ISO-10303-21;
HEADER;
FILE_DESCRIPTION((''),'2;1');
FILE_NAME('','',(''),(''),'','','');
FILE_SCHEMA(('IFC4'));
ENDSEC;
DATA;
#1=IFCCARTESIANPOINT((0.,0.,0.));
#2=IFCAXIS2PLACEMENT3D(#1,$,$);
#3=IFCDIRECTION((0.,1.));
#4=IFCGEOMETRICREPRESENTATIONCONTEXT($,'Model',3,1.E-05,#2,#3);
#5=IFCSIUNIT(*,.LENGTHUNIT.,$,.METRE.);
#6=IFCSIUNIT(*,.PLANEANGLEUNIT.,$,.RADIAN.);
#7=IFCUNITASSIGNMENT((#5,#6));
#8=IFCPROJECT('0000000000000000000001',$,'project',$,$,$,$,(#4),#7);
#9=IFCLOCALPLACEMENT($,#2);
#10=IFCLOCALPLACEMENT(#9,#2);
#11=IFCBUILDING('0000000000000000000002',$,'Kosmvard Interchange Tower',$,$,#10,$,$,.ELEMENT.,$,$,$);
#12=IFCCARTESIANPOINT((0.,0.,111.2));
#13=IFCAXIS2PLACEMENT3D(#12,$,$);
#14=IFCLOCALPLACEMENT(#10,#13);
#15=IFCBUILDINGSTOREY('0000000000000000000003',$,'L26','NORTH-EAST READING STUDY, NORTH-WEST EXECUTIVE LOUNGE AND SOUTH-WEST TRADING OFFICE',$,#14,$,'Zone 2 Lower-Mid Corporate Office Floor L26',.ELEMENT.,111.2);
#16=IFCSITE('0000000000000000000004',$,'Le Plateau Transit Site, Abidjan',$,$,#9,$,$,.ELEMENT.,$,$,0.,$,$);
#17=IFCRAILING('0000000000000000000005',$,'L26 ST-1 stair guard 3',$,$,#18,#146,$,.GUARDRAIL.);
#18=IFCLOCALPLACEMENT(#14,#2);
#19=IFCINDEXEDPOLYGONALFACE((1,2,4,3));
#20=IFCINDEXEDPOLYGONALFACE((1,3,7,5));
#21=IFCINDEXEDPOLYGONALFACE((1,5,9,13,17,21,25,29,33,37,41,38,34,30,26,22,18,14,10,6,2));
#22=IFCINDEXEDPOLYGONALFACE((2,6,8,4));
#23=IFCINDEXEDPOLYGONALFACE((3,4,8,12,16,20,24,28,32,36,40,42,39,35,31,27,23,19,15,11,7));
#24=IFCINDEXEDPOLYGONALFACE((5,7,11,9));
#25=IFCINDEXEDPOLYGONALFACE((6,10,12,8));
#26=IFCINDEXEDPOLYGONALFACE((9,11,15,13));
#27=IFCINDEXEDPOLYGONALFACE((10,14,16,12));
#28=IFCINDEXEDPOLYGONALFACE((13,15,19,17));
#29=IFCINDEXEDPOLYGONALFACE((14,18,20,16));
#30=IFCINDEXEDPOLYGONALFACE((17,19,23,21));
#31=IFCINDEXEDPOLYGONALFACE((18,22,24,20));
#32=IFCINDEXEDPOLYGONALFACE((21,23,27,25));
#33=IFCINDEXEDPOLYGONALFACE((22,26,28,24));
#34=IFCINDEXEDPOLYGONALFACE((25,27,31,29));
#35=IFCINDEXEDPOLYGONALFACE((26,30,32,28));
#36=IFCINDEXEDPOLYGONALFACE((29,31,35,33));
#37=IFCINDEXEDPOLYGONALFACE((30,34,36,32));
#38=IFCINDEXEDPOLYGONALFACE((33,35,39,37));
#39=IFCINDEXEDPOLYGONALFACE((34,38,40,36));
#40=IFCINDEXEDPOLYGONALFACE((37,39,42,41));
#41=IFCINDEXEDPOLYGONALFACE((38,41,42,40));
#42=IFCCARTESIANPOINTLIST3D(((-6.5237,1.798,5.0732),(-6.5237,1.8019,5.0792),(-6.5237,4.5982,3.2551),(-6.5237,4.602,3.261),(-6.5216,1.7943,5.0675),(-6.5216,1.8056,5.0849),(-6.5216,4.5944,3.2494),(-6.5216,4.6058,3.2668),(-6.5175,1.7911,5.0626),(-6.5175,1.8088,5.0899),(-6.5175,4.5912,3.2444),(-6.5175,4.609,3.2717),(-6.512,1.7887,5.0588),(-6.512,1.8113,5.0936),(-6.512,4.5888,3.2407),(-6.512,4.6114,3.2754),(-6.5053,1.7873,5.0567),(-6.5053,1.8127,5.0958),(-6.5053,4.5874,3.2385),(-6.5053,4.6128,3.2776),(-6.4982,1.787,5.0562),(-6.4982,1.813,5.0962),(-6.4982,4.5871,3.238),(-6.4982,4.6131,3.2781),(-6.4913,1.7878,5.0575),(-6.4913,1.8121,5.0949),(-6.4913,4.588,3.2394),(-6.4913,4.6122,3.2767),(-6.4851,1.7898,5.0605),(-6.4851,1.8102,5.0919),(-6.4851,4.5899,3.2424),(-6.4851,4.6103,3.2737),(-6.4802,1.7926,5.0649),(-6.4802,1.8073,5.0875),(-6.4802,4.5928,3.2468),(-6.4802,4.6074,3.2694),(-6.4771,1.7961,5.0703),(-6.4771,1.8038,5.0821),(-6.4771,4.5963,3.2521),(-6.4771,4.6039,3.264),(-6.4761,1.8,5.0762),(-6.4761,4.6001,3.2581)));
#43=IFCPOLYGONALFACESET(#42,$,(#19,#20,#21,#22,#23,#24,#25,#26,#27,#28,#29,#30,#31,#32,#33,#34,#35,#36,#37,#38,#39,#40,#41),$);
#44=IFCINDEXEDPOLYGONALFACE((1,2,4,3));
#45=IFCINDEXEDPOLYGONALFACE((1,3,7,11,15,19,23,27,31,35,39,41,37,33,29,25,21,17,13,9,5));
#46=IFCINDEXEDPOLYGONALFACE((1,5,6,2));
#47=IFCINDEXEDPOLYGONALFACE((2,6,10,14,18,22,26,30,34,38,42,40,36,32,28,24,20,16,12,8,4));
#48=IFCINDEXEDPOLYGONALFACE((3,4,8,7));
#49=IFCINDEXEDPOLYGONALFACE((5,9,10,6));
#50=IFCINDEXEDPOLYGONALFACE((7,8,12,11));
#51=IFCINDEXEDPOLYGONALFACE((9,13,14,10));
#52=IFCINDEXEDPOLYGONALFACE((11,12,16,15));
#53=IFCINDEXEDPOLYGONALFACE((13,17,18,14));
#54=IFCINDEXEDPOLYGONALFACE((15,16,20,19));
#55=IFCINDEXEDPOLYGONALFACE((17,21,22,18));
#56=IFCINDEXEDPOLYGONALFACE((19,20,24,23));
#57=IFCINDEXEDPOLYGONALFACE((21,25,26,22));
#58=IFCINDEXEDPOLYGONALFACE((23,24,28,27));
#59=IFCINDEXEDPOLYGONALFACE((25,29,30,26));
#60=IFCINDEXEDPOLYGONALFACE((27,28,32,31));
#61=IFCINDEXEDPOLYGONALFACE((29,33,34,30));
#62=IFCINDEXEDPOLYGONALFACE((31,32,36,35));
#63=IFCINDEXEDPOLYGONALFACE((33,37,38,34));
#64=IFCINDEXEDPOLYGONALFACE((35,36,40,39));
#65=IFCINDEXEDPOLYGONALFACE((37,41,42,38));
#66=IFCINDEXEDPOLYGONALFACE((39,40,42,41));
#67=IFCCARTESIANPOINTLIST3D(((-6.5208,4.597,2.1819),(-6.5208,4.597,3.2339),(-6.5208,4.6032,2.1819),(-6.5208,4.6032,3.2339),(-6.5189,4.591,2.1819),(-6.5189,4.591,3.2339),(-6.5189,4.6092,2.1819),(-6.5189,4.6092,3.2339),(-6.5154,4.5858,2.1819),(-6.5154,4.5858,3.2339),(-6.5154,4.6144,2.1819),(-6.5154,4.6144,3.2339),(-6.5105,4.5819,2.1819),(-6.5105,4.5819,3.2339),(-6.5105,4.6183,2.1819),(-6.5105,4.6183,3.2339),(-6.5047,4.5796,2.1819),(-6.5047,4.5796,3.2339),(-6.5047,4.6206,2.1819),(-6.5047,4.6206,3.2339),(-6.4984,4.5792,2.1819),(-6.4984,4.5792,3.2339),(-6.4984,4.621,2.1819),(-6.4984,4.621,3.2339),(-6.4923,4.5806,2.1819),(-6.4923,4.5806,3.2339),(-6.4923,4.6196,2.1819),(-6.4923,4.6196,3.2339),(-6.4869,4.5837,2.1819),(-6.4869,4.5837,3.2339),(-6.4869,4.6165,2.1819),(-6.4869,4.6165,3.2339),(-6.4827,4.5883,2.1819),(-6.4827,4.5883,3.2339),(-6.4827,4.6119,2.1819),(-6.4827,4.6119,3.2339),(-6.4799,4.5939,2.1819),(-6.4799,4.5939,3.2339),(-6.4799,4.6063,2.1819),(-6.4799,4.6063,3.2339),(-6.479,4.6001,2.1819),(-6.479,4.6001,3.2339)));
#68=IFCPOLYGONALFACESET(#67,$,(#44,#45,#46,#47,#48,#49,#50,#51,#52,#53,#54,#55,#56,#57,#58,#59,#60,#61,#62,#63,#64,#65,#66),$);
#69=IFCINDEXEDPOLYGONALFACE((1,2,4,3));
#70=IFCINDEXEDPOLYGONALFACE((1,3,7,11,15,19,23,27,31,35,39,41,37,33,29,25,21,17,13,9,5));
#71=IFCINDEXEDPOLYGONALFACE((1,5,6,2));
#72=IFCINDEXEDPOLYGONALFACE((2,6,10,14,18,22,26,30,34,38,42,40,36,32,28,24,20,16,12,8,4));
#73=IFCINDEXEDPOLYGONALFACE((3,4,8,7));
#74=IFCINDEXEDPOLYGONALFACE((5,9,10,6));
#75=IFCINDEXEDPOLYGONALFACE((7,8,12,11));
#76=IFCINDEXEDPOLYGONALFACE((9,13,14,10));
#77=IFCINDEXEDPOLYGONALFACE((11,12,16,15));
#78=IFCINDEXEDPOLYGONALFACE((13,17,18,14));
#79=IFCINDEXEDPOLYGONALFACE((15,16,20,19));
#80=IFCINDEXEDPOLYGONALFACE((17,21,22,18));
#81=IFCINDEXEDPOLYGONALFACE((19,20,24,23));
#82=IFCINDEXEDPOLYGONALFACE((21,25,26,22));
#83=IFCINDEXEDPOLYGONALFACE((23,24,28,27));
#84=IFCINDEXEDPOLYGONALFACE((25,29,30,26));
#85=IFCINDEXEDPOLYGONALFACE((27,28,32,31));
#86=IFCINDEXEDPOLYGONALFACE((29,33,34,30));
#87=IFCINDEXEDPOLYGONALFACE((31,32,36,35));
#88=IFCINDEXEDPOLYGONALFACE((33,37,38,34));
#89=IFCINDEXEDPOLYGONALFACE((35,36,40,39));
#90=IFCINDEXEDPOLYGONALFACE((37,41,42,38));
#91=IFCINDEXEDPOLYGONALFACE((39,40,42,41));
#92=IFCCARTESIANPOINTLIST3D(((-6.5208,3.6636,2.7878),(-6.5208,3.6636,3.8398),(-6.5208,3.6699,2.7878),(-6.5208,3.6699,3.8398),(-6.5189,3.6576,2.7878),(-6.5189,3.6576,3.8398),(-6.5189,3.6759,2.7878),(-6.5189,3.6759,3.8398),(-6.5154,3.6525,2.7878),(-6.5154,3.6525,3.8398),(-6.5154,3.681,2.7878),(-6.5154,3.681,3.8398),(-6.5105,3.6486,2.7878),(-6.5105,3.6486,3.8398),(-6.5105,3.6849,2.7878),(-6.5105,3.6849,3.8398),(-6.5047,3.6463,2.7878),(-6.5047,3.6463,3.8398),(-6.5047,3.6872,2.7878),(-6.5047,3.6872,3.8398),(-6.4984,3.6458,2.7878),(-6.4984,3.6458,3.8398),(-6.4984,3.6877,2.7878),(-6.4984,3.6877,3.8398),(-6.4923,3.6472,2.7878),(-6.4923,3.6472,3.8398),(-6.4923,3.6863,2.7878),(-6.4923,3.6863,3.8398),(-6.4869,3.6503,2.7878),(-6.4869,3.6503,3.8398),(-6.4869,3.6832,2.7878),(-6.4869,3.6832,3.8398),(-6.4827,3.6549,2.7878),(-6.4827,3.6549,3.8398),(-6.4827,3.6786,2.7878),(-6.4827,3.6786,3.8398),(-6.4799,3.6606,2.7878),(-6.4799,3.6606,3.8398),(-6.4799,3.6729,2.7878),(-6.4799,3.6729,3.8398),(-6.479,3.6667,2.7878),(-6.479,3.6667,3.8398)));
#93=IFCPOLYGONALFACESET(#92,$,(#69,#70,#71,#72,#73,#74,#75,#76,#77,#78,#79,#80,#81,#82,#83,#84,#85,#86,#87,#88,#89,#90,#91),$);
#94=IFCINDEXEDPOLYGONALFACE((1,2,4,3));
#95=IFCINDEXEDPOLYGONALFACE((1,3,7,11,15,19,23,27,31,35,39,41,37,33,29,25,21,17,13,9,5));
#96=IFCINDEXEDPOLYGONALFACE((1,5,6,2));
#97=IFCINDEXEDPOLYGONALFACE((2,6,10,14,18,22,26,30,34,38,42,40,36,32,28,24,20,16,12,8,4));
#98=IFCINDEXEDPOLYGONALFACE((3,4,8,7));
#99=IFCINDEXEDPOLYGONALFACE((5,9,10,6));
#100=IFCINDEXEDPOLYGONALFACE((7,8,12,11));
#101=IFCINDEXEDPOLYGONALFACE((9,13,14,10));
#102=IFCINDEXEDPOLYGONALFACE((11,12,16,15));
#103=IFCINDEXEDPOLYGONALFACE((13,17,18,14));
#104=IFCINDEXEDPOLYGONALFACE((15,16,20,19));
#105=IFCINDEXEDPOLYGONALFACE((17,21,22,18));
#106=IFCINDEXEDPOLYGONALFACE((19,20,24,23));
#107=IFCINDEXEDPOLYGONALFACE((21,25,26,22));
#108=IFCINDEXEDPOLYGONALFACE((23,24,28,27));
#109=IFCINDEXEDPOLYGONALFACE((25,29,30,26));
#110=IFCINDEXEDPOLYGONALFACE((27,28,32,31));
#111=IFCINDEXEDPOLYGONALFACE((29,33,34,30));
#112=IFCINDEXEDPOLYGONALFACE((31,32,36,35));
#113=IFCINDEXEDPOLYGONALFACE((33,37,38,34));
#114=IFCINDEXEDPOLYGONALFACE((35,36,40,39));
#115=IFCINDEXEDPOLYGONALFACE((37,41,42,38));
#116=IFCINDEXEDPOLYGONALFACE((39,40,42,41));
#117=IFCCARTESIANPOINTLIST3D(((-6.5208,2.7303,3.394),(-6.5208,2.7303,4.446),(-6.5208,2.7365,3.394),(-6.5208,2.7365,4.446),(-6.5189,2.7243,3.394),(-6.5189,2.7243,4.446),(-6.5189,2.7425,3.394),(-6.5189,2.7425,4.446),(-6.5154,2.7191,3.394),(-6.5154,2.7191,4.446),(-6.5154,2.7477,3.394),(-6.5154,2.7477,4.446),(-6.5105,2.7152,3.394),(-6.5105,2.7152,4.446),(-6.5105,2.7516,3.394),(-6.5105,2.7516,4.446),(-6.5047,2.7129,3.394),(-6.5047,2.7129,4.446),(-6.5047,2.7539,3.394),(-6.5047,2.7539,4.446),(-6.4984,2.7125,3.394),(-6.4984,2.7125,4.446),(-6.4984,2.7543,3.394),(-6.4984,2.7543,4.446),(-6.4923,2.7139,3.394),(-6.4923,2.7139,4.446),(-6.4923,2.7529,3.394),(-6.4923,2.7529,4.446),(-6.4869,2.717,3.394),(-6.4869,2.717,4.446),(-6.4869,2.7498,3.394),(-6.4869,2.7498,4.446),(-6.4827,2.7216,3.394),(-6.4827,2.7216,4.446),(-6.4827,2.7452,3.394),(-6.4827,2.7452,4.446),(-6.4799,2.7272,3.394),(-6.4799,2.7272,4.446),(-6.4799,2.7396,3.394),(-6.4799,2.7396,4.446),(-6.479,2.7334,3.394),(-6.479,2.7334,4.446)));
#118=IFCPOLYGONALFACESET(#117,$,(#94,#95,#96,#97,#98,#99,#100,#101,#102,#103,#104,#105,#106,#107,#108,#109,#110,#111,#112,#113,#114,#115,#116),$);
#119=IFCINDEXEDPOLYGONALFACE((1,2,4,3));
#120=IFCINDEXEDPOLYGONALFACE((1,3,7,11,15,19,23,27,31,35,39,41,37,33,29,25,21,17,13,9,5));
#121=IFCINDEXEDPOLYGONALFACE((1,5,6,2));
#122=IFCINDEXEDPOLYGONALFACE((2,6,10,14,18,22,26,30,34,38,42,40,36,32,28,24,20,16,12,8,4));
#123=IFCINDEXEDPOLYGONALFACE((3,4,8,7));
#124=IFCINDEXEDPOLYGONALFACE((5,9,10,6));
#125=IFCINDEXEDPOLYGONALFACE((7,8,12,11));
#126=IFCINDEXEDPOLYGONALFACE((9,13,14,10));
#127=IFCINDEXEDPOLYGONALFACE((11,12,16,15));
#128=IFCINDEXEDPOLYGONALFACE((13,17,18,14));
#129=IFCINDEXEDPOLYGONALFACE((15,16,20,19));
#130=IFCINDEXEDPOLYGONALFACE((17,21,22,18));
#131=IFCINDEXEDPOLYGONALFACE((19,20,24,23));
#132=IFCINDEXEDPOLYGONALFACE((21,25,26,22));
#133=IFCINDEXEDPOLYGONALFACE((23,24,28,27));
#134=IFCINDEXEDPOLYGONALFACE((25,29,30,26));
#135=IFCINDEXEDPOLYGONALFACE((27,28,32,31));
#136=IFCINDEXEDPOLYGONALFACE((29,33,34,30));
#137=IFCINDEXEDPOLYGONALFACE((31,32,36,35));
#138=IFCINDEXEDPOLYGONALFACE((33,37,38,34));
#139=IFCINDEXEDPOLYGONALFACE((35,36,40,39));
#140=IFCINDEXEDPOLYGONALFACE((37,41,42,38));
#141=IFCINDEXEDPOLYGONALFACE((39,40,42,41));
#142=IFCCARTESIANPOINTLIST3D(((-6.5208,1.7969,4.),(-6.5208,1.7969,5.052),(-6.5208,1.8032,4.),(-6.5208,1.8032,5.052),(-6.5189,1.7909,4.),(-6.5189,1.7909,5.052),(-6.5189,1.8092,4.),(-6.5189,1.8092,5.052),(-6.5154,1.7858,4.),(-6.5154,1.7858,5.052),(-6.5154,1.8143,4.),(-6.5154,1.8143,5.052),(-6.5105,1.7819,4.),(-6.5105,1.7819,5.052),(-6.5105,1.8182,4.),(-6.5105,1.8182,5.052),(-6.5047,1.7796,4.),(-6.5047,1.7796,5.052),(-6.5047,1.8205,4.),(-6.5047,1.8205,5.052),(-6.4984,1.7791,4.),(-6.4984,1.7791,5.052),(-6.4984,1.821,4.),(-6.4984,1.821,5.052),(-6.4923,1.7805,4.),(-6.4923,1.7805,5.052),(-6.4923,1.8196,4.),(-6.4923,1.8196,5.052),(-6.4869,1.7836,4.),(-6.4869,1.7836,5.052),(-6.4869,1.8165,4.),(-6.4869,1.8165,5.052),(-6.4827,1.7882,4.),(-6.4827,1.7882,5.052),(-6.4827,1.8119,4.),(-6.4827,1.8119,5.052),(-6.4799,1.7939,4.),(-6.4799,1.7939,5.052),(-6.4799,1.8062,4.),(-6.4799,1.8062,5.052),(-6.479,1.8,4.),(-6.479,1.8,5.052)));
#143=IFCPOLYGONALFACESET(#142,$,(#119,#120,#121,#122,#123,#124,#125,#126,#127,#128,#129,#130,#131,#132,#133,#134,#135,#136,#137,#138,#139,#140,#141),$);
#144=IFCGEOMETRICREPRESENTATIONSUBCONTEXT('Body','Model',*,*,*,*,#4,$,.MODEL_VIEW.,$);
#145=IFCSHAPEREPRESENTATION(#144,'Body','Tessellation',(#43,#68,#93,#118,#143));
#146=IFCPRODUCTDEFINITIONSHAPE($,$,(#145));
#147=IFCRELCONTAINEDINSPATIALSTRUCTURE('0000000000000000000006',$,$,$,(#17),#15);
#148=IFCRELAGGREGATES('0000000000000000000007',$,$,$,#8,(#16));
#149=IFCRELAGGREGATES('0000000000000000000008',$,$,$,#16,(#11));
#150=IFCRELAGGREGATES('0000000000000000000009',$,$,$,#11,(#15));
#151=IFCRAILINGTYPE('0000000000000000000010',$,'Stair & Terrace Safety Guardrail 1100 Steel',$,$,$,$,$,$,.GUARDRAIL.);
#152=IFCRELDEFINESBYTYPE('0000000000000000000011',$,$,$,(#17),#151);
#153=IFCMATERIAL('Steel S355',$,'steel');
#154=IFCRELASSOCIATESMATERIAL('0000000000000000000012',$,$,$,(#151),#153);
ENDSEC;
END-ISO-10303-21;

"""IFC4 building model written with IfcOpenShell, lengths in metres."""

from ifc_helpers import new_model, si_unit, direction, frame, origin, origin_2d, place, context, subcontext, project, spatial, circle, extrude, source, transform, mapped, material, type_object, element, save


model = new_model("IFC4")

# Units and contexts
model_context = context("Model", 3, precision=1e-05, world=origin(), true_north=direction((0.0, 1.0)))
body_context = subcontext(model_context, "Body", "Model", "MODEL_VIEW")
ifc_project = project(units=[si_unit("LENGTHUNIT", "METRE"), si_unit("PLANEANGLEUNIT", "RADIAN")], contexts=[model_context])

# Site, building, storey
site_placement = place(None, origin())
site = spatial("IfcSite", under=ifc_project, at=site_placement, Name="Le Plateau Transit Site, Abidjan", CompositionType="ELEMENT", RefElevation=0.0)
building_placement = place(site_placement, origin())
building = spatial("IfcBuilding", under=site, at=building_placement, Name="Kosmvard Interchange Tower", CompositionType="ELEMENT")
storey_placement = place(building_placement, frame((0.0, 0.0, 111.2)))
storey = spatial("IfcBuildingStorey", under=building, at=storey_placement, Name="L26", Description="NORTH-EAST READING STUDY, NORTH-WEST EXECUTIVE LOUNGE AND SOUTH-WEST TRADING OFFICE", LongName="Zone 2 Lower-Mid Corporate Office Floor L26", CompositionType="ELEMENT", Elevation=111.2)

# Shared definitions
ifc_material_1 = material(Name="Steel S355", Category="steel")

# Railing
railing_type_1 = type_object("IfcRailingType", Name="Stair & Terrace Safety Guardrail 1100 Steel", PredefinedType="GUARDRAIL", material=ifc_material_1)
shared_shape_1 = source(origin(), body_context, "Body", "SweptSolid", [
    extrude(circle(Radius=0.0239, at=origin_2d()), frame((0.0, 0.0, 1.0762), z_axis=(0.0, -0.838706, 0.544585), x_axis=(1.0, 0.0, 0.0)), (0.0, 0.0, 1.0), 3.3386),
    extrude(circle(Radius=0.021, at=origin_2d()), origin(), (0.0, 0.0, 1.0), 1.052),
    extrude(circle(Radius=0.021, at=origin_2d()), frame((0.0, -0.9333, 0.606)), (0.0, 0.0, 1.0), 1.052),
    extrude(circle(Radius=0.021, at=origin_2d()), frame((0.0, -1.8667, 1.2122)), (0.0, 0.0, 1.0), 1.052),
    extrude(circle(Radius=0.021, at=origin_2d()), frame((0.0, -2.8, 1.8181)), (0.0, 0.0, 1.0), 1.052),
])
railing_1_placement = place(storey_placement, frame((-6.5, 4.6001, 2.1819)))
element("IfcRailing", 1, at=railing_1_placement, inside=storey, type_object=railing_type_1, Name="L26 ST-1 stair guard 3", PredefinedType="GUARDRAIL", context=body_context, shape_type="MappedRepresentation", body=[
    mapped(shared_shape_1, transform((0.0, 0.0, 0.0), scale=1.0)),
])

save(model, "model.ifc")
